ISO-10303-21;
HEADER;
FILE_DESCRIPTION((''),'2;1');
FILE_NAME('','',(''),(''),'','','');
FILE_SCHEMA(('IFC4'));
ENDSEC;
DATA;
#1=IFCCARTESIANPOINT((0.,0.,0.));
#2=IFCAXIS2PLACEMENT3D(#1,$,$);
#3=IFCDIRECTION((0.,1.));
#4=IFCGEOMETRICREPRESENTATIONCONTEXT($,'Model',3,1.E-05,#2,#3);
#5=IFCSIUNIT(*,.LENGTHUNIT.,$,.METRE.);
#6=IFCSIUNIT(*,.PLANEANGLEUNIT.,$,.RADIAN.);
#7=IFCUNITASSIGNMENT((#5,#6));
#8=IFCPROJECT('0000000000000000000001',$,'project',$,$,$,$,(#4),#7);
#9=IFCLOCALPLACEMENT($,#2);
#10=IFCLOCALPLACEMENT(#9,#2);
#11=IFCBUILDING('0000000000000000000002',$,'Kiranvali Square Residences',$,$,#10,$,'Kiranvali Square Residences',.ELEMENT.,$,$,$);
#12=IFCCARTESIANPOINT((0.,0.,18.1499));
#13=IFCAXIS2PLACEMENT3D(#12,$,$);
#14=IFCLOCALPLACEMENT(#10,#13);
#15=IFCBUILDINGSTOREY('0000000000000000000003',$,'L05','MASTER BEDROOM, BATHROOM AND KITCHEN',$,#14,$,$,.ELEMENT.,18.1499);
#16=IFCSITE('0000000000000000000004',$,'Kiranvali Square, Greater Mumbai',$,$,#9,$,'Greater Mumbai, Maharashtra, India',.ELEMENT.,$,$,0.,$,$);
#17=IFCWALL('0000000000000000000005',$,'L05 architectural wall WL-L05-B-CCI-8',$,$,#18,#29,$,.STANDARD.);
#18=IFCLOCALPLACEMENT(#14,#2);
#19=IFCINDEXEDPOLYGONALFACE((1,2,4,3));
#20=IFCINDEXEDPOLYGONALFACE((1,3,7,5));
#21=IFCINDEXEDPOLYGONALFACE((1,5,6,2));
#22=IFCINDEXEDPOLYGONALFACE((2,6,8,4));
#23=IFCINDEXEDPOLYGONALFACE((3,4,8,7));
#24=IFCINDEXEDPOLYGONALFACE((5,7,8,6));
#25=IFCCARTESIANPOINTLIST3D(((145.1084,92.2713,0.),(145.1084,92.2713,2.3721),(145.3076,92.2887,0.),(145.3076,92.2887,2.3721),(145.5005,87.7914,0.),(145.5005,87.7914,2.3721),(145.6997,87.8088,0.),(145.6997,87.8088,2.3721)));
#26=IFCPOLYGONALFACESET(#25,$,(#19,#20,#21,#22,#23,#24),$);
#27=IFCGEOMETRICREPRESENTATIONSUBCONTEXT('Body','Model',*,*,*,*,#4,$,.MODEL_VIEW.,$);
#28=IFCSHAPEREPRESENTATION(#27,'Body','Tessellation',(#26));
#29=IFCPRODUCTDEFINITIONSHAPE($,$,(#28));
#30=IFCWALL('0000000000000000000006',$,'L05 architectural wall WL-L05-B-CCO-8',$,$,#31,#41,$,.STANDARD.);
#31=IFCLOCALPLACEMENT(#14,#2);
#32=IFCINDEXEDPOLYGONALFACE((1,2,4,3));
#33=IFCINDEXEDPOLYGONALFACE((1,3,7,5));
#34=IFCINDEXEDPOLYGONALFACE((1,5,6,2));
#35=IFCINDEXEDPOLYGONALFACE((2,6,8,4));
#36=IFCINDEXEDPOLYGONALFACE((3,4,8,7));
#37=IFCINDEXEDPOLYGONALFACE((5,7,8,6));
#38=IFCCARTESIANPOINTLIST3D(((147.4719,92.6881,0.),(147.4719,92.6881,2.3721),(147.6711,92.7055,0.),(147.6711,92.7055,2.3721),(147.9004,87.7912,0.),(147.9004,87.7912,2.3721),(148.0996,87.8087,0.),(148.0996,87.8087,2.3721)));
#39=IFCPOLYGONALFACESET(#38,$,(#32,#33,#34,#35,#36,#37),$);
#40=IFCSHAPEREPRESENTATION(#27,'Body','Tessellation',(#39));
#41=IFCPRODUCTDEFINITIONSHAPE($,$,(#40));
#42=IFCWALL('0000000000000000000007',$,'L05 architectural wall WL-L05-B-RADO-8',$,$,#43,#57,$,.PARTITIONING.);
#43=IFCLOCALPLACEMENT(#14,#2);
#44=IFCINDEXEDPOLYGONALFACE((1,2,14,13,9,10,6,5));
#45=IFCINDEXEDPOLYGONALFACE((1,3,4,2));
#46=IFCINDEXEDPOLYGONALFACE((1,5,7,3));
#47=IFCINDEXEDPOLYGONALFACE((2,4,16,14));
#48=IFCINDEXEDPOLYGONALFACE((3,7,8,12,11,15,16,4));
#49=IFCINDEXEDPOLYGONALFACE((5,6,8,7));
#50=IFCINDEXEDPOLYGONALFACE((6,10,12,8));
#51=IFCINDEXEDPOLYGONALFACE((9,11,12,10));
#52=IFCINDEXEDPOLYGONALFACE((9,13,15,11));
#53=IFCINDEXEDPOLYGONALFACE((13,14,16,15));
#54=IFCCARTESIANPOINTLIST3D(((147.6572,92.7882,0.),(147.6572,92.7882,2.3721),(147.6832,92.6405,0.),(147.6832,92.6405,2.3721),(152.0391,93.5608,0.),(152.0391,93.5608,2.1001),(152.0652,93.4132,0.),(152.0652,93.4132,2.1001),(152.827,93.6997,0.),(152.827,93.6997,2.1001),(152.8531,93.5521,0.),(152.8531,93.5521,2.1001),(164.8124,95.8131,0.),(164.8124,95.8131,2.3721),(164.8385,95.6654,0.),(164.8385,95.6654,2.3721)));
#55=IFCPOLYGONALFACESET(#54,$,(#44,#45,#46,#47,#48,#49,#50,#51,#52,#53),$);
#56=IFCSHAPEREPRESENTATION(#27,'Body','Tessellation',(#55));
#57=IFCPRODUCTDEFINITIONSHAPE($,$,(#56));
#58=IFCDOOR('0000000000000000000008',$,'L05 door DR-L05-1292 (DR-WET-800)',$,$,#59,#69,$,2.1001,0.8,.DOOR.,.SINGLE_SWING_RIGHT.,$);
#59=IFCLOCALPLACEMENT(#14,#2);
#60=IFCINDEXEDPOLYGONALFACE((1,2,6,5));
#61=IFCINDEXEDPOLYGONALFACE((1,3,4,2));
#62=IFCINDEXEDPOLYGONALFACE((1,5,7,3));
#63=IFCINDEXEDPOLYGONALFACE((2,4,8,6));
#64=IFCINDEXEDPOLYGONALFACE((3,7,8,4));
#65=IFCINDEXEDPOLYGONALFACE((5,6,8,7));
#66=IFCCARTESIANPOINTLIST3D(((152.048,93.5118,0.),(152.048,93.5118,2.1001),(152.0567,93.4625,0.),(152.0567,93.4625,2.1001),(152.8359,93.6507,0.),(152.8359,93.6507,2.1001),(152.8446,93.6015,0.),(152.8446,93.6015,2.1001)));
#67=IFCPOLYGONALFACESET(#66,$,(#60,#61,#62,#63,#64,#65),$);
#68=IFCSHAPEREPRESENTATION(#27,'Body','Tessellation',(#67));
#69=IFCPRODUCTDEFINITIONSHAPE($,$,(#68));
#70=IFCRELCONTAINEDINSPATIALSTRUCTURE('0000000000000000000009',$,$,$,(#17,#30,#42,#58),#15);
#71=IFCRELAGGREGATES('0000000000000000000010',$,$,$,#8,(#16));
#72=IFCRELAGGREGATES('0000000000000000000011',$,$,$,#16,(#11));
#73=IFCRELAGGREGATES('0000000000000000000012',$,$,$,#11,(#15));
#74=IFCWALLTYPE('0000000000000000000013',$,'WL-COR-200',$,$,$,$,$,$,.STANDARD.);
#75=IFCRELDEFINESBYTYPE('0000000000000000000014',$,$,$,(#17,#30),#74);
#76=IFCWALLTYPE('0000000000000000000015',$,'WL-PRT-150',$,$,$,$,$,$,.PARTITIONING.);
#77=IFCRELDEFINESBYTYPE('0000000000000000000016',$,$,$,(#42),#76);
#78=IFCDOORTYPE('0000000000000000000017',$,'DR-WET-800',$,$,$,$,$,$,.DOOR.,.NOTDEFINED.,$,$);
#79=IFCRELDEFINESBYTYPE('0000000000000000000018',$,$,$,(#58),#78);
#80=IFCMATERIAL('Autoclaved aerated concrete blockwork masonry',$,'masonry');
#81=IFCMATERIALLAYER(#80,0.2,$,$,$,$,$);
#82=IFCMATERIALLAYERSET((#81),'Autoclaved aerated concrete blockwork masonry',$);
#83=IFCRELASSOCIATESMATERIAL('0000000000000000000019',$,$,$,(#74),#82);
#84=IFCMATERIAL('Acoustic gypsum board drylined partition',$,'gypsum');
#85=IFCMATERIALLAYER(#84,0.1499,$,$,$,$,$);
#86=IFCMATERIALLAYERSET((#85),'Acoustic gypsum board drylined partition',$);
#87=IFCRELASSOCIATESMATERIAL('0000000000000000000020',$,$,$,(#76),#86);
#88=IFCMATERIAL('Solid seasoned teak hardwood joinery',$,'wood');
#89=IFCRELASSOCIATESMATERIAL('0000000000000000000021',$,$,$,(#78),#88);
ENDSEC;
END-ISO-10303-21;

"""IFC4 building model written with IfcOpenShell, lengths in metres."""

from ifc_helpers import new_model, si_unit, direction, frame, frame_2d, origin, place, context, subcontext, project, spatial, rectangle, extrude, material, layer, layer_set, type_object, element, fill, save


model = new_model("IFC4")

# Units and contexts
model_context = context("Model", 3, precision=1e-05, world=origin(), true_north=direction((0.0, 1.0)))
body_context = subcontext(model_context, "Body", "Model", "MODEL_VIEW")
ifc_project = project(units=[si_unit("LENGTHUNIT", "METRE"), si_unit("PLANEANGLEUNIT", "RADIAN")], contexts=[model_context])

# Site, building, storey
site_placement = place(None, origin())
site = spatial("IfcSite", under=ifc_project, at=site_placement, Name="Kiranvali Square, Greater Mumbai", LongName="Greater Mumbai, Maharashtra, India", CompositionType="ELEMENT", RefElevation=0.0)
building_placement = place(site_placement, origin())
building = spatial("IfcBuilding", under=site, at=building_placement, Name="Kiranvali Square Residences", LongName="Kiranvali Square Residences", CompositionType="ELEMENT")
storey_placement = place(building_placement, frame((0.0, 0.0, 18.1499)))
storey = spatial("IfcBuildingStorey", under=building, at=storey_placement, Name="L05", Description="MASTER BEDROOM, BATHROOM AND KITCHEN", CompositionType="ELEMENT", Elevation=18.1499)

# Shared definitions
ifc_material_1 = material(Name="Autoclaved aerated concrete blockwork masonry", Category="masonry")
ifc_layer_1 = layer(ifc_material_1, 0.2)
ifc_layer_set_1 = layer_set([ifc_layer_1], Name="Autoclaved aerated concrete blockwork masonry")
wall_type_1 = type_object("IfcWallType", Name="WL-COR-200", PredefinedType="STANDARD", material=ifc_layer_set_1)

# Walls
wall_1_placement = place(storey_placement, frame((145.208, 92.28, 0.0), z_axis=(0.0, 0.0, 1.0), x_axis=(0.087187, -0.996192, 0.0)))
element("IfcWall", 1, at=wall_1_placement, inside=storey, type_object=wall_type_1, Name="L05 architectural wall WL-L05-B-CCI-8", PredefinedType="STANDARD", context=body_context, shape_type="SweptSolid", body=[
    extrude(rectangle(XDim=4.4971, YDim=0.2, at=frame_2d((2.2485, 0.0))), origin(), (0.0, 0.0, 1.0), 2.3721),
])
wall_2_placement = place(storey_placement, frame((147.5715, 92.6968, 0.0), z_axis=(0.0, 0.0, 1.0), x_axis=(0.087168, -0.996194, 0.0)))
element("IfcWall", 2, at=wall_2_placement, inside=storey, type_object=wall_type_1, Name="L05 architectural wall WL-L05-B-CCO-8", PredefinedType="STANDARD", context=body_context, shape_type="SweptSolid", body=[
    extrude(rectangle(XDim=4.9155, YDim=0.2, at=frame_2d((2.4578, 0.0))), origin(), (0.0, 0.0, 1.0), 2.3721),
])

# Wall, opening, door
ifc_material_2 = material(Name="Acoustic gypsum board drylined partition", Category="gypsum")
ifc_layer_2 = layer(ifc_material_2, 0.1499)
ifc_layer_set_2 = layer_set([ifc_layer_2], Name="Acoustic gypsum board drylined partition")
wall_type_2 = type_object("IfcWallType", Name="WL-PRT-150", PredefinedType="PARTITIONING", material=ifc_layer_set_2)
wall_3_placement = place(storey_placement, frame((147.6702, 92.7144, 0.0), z_axis=(0.0, 0.0, 1.0), x_axis=(0.984808, 0.173646, 0.0)))
wall_3 = element("IfcWall", 3, at=wall_3_placement, inside=storey, type_object=wall_type_2, Name="L05 architectural wall WL-L05-B-RADO-8", PredefinedType="PARTITIONING", context=body_context, shape_type="SweptSolid", body=[
    extrude(rectangle(XDim=17.4199, YDim=0.1499, at=frame_2d((8.71, 0.0))), origin(), (0.0, 0.0, 1.0), 2.3721),
])
opening_1_placement = place(wall_3_placement, frame((4.4497, 0.0, 0.0)))
opening_1 = element("IfcOpeningElement", 4, at=opening_1_placement, cuts=wall_3, PredefinedType="OPENING", context=body_context, shape_type="SweptSolid", body=[
    extrude(rectangle(XDim=0.8, YDim=2.1001, at=frame_2d((0.3999, 1.05))), frame((0.0, 0.085, 0.0), z_axis=(0.0, -1.0, 0.0), x_axis=(1.0, 0.0, 0.0)), (0.0, 0.0, 1.0), 0.1699),
])
ifc_material_3 = material(Name="Solid seasoned teak hardwood joinery", Category="wood")
door_type_1 = type_object("IfcDoorType", Name="DR-WET-800", OperationType="NOTDEFINED", PredefinedType="DOOR", material=ifc_material_3)
door_1_placement = place(opening_1_placement, frame((0.8, 0.0, 0.0), z_axis=(0.0, 0.0, 1.0), x_axis=(-1.0, 0.0, 0.0)))
door_1 = element("IfcDoor", 5, at=door_1_placement, inside=storey, type_object=door_type_1, Name="L05 door DR-L05-1292 (DR-WET-800)", OperationType="SINGLE_SWING_RIGHT", OverallHeight=2.1001, OverallWidth=0.8, PredefinedType="DOOR", context=body_context, shape_type="SweptSolid", body=[
    extrude(rectangle(XDim=0.8, YDim=2.1001, at=frame_2d((0.3999, 1.05))), frame((0.0, 0.0249, 0.0), z_axis=(0.0, -1.0, 0.0), x_axis=(1.0, 0.0, 0.0)), (0.0, 0.0, 1.0), 0.05),
])
fill(opening_1, door_1)

save(model, "model.ifc")
